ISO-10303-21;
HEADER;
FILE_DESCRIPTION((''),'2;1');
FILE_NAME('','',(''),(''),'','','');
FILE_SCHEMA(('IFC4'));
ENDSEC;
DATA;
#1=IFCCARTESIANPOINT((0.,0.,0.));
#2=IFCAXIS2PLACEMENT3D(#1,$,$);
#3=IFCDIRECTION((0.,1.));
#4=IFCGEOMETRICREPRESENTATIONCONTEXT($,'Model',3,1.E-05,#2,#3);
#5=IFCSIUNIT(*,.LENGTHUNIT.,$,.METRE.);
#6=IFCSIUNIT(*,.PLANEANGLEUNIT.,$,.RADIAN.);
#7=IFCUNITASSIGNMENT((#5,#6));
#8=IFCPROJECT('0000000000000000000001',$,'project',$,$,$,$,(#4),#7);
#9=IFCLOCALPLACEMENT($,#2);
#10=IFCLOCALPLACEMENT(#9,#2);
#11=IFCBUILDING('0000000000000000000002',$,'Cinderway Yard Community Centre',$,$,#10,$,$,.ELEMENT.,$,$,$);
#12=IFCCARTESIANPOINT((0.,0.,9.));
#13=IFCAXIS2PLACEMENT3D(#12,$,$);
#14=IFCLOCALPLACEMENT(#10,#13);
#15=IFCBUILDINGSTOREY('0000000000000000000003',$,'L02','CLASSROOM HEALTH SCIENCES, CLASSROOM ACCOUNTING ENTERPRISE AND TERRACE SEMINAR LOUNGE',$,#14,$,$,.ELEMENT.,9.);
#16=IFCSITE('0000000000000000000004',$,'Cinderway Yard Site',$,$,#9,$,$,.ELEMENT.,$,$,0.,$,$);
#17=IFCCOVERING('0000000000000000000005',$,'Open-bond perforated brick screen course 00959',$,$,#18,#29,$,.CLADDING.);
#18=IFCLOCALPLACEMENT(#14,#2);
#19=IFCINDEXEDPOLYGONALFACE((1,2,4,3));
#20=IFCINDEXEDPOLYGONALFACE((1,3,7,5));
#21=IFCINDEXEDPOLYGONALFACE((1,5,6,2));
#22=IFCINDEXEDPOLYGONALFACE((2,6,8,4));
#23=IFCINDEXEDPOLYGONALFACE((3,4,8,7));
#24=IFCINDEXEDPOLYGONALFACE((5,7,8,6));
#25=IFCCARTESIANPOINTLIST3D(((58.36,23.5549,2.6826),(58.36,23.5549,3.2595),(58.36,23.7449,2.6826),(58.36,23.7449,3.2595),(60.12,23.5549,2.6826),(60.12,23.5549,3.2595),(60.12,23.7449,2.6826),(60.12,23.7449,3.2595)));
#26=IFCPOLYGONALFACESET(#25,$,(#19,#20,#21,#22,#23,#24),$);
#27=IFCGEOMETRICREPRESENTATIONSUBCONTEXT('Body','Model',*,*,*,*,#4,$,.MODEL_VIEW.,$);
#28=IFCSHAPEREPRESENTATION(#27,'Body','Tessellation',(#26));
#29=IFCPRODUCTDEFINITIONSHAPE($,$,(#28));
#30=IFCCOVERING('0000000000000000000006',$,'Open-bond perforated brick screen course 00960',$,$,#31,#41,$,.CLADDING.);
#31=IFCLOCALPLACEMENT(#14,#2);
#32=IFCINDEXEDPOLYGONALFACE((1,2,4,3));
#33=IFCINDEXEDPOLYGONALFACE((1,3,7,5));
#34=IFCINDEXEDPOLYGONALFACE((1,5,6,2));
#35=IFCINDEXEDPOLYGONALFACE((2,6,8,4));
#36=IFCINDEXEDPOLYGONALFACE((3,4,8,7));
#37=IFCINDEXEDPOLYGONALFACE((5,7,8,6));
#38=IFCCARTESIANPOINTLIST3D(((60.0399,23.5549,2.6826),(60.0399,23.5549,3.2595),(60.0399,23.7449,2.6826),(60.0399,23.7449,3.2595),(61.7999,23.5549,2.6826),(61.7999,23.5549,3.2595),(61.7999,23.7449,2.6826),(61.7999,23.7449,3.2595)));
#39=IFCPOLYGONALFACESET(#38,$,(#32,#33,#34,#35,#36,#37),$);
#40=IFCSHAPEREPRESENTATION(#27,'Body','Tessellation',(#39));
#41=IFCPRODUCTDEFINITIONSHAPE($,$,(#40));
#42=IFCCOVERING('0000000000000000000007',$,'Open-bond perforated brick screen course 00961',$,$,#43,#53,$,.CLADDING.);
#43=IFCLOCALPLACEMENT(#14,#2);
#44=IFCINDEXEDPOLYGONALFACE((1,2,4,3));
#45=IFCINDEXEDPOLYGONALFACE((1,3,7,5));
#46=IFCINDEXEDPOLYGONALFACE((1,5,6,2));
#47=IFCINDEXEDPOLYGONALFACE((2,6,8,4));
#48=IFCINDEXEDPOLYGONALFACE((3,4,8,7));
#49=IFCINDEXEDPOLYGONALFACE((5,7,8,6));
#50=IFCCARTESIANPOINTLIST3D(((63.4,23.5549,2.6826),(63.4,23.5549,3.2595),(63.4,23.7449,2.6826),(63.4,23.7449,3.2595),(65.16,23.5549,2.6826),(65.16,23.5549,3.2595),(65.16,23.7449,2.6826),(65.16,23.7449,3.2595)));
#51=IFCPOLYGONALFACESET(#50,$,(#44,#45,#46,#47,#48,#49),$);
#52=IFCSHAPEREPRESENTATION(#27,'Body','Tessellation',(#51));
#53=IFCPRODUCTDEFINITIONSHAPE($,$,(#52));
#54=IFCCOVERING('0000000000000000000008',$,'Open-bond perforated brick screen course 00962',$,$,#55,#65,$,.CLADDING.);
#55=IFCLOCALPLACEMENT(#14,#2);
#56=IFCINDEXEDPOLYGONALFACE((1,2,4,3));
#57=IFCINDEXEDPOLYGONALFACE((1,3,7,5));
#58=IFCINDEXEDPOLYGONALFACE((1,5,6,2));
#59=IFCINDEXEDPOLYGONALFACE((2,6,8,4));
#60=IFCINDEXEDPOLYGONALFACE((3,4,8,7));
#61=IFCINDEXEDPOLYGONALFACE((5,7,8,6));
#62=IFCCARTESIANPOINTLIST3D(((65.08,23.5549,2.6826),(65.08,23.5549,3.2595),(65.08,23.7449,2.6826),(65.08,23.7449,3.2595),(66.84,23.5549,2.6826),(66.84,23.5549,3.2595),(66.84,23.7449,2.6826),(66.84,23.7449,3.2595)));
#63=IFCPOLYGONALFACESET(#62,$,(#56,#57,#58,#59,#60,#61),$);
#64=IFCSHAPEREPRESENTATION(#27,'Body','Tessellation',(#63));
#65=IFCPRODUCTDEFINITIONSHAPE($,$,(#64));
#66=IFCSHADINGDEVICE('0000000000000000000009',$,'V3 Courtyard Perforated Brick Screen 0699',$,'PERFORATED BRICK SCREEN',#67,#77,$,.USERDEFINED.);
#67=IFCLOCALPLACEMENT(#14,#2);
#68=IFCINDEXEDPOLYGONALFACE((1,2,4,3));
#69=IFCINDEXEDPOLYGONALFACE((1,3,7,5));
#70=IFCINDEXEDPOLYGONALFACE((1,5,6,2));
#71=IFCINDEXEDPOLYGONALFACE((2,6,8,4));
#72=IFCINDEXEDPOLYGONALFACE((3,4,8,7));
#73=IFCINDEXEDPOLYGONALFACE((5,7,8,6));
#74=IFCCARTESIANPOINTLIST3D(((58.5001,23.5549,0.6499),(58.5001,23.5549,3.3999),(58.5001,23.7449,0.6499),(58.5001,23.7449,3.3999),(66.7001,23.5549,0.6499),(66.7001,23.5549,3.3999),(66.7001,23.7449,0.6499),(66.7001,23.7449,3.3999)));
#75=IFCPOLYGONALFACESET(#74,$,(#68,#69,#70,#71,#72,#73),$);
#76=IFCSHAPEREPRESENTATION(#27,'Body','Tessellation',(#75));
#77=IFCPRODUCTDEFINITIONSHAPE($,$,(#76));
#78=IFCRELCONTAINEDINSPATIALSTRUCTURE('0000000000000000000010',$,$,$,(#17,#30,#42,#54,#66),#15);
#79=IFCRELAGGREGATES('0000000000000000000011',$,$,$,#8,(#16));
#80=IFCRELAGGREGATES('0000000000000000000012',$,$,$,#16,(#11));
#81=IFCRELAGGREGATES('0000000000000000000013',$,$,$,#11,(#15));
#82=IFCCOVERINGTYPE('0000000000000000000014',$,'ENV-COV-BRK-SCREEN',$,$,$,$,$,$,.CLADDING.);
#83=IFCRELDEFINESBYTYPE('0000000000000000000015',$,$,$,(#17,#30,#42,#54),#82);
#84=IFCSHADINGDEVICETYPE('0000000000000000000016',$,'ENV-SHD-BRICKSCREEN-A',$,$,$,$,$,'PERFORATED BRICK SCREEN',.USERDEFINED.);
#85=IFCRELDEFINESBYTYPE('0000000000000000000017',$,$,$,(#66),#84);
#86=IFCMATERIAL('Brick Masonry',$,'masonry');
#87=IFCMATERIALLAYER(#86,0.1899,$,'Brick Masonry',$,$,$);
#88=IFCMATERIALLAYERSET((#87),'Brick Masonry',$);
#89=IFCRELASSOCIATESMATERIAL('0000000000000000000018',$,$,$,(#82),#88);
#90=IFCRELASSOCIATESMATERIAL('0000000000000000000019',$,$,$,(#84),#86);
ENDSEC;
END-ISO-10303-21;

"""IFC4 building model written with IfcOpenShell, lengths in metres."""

from ifc_helpers import new_model, si_unit, direction, frame, origin, origin_2d, place, context, subcontext, project, spatial, rectangle, extrude, material, layer, layer_set, type_object, element, save


model = new_model("IFC4")

# Units and contexts
model_context = context("Model", 3, precision=1e-05, world=origin(), true_north=direction((0.0, 1.0)))
body_context = subcontext(model_context, "Body", "Model", "MODEL_VIEW")
ifc_project = project(units=[si_unit("LENGTHUNIT", "METRE"), si_unit("PLANEANGLEUNIT", "RADIAN")], contexts=[model_context])

# Site, building, storey
site_placement = place(None, origin())
site = spatial("IfcSite", under=ifc_project, at=site_placement, Name="Cinderway Yard Site", CompositionType="ELEMENT", RefElevation=0.0)
building_placement = place(site_placement, origin())
building = spatial("IfcBuilding", under=site, at=building_placement, Name="Cinderway Yard Community Centre", CompositionType="ELEMENT")
storey_placement = place(building_placement, frame((0.0, 0.0, 9.0)))
storey = spatial("IfcBuildingStorey", under=building, at=storey_placement, Name="L02", Description="CLASSROOM HEALTH SCIENCES, CLASSROOM ACCOUNTING ENTERPRISE AND TERRACE SEMINAR LOUNGE", CompositionType="ELEMENT", Elevation=9.0)

# Coverings
ifc_material_1 = material(Name="Brick Masonry", Category="masonry")
ifc_layer_1 = layer(ifc_material_1, 0.1899, Name="Brick Masonry")
ifc_layer_set_1 = layer_set([ifc_layer_1], Name="Brick Masonry")
covering_type = type_object("IfcCoveringType", Name="ENV-COV-BRK-SCREEN", PredefinedType="CLADDING", material=ifc_layer_set_1)
for number, where, z_axis, x_axis, name in (
    (1, (59.24, 23.6499, 2.6826), (0.0, 0.0, 1.0), (1.0, 0.0, 0.0), "Open-bond perforated brick screen course 00959"),
    (2, (60.9199, 23.6499, 2.6826), (0.0, 0.0, 1.0), (1.0, 0.0, 0.0), "Open-bond perforated brick screen course 00960"),
    (3, (64.28, 23.6499, 2.6826), (0.0, 0.0, 1.0), (1.0, 0.0, 0.0), "Open-bond perforated brick screen course 00961"),
    (4, (65.96, 23.6499, 2.6826), (0.0, 0.0, 1.0), (1.0, 0.0, 0.0), "Open-bond perforated brick screen course 00962"),
):
    element("IfcCovering", number, at=place(storey_placement, frame(where, z_axis=z_axis, x_axis=x_axis)), inside=storey, type_object=covering_type, Name=name, PredefinedType="CLADDING", context=body_context, shape_type="SweptSolid", body=[
        extrude(rectangle(XDim=1.76, YDim=0.1899, at=origin_2d()), origin(), (0.0, 0.0, 1.0), 0.5769),
    ])

# Shading device
shading_device_type = type_object("IfcShadingDeviceType", Name="ENV-SHD-BRICKSCREEN-A", ElementType="PERFORATED BRICK SCREEN", PredefinedType="USERDEFINED", material=ifc_material_1)
shading_device_placement = place(storey_placement, frame((62.6001, 23.6499, 0.6499), z_axis=(0.0, 0.0, 1.0), x_axis=(1.0, 0.0, 0.0)))
element("IfcShadingDevice", 5, at=shading_device_placement, inside=storey, type_object=shading_device_type, Name="V3 Courtyard Perforated Brick Screen 0699", ObjectType="PERFORATED BRICK SCREEN", PredefinedType="USERDEFINED", context=body_context, shape_type="SweptSolid", body=[
    extrude(rectangle(XDim=8.2, YDim=0.1899, at=origin_2d()), origin(), (0.0, 0.0, 1.0), 2.75),
])

save(model, "model.ifc")
